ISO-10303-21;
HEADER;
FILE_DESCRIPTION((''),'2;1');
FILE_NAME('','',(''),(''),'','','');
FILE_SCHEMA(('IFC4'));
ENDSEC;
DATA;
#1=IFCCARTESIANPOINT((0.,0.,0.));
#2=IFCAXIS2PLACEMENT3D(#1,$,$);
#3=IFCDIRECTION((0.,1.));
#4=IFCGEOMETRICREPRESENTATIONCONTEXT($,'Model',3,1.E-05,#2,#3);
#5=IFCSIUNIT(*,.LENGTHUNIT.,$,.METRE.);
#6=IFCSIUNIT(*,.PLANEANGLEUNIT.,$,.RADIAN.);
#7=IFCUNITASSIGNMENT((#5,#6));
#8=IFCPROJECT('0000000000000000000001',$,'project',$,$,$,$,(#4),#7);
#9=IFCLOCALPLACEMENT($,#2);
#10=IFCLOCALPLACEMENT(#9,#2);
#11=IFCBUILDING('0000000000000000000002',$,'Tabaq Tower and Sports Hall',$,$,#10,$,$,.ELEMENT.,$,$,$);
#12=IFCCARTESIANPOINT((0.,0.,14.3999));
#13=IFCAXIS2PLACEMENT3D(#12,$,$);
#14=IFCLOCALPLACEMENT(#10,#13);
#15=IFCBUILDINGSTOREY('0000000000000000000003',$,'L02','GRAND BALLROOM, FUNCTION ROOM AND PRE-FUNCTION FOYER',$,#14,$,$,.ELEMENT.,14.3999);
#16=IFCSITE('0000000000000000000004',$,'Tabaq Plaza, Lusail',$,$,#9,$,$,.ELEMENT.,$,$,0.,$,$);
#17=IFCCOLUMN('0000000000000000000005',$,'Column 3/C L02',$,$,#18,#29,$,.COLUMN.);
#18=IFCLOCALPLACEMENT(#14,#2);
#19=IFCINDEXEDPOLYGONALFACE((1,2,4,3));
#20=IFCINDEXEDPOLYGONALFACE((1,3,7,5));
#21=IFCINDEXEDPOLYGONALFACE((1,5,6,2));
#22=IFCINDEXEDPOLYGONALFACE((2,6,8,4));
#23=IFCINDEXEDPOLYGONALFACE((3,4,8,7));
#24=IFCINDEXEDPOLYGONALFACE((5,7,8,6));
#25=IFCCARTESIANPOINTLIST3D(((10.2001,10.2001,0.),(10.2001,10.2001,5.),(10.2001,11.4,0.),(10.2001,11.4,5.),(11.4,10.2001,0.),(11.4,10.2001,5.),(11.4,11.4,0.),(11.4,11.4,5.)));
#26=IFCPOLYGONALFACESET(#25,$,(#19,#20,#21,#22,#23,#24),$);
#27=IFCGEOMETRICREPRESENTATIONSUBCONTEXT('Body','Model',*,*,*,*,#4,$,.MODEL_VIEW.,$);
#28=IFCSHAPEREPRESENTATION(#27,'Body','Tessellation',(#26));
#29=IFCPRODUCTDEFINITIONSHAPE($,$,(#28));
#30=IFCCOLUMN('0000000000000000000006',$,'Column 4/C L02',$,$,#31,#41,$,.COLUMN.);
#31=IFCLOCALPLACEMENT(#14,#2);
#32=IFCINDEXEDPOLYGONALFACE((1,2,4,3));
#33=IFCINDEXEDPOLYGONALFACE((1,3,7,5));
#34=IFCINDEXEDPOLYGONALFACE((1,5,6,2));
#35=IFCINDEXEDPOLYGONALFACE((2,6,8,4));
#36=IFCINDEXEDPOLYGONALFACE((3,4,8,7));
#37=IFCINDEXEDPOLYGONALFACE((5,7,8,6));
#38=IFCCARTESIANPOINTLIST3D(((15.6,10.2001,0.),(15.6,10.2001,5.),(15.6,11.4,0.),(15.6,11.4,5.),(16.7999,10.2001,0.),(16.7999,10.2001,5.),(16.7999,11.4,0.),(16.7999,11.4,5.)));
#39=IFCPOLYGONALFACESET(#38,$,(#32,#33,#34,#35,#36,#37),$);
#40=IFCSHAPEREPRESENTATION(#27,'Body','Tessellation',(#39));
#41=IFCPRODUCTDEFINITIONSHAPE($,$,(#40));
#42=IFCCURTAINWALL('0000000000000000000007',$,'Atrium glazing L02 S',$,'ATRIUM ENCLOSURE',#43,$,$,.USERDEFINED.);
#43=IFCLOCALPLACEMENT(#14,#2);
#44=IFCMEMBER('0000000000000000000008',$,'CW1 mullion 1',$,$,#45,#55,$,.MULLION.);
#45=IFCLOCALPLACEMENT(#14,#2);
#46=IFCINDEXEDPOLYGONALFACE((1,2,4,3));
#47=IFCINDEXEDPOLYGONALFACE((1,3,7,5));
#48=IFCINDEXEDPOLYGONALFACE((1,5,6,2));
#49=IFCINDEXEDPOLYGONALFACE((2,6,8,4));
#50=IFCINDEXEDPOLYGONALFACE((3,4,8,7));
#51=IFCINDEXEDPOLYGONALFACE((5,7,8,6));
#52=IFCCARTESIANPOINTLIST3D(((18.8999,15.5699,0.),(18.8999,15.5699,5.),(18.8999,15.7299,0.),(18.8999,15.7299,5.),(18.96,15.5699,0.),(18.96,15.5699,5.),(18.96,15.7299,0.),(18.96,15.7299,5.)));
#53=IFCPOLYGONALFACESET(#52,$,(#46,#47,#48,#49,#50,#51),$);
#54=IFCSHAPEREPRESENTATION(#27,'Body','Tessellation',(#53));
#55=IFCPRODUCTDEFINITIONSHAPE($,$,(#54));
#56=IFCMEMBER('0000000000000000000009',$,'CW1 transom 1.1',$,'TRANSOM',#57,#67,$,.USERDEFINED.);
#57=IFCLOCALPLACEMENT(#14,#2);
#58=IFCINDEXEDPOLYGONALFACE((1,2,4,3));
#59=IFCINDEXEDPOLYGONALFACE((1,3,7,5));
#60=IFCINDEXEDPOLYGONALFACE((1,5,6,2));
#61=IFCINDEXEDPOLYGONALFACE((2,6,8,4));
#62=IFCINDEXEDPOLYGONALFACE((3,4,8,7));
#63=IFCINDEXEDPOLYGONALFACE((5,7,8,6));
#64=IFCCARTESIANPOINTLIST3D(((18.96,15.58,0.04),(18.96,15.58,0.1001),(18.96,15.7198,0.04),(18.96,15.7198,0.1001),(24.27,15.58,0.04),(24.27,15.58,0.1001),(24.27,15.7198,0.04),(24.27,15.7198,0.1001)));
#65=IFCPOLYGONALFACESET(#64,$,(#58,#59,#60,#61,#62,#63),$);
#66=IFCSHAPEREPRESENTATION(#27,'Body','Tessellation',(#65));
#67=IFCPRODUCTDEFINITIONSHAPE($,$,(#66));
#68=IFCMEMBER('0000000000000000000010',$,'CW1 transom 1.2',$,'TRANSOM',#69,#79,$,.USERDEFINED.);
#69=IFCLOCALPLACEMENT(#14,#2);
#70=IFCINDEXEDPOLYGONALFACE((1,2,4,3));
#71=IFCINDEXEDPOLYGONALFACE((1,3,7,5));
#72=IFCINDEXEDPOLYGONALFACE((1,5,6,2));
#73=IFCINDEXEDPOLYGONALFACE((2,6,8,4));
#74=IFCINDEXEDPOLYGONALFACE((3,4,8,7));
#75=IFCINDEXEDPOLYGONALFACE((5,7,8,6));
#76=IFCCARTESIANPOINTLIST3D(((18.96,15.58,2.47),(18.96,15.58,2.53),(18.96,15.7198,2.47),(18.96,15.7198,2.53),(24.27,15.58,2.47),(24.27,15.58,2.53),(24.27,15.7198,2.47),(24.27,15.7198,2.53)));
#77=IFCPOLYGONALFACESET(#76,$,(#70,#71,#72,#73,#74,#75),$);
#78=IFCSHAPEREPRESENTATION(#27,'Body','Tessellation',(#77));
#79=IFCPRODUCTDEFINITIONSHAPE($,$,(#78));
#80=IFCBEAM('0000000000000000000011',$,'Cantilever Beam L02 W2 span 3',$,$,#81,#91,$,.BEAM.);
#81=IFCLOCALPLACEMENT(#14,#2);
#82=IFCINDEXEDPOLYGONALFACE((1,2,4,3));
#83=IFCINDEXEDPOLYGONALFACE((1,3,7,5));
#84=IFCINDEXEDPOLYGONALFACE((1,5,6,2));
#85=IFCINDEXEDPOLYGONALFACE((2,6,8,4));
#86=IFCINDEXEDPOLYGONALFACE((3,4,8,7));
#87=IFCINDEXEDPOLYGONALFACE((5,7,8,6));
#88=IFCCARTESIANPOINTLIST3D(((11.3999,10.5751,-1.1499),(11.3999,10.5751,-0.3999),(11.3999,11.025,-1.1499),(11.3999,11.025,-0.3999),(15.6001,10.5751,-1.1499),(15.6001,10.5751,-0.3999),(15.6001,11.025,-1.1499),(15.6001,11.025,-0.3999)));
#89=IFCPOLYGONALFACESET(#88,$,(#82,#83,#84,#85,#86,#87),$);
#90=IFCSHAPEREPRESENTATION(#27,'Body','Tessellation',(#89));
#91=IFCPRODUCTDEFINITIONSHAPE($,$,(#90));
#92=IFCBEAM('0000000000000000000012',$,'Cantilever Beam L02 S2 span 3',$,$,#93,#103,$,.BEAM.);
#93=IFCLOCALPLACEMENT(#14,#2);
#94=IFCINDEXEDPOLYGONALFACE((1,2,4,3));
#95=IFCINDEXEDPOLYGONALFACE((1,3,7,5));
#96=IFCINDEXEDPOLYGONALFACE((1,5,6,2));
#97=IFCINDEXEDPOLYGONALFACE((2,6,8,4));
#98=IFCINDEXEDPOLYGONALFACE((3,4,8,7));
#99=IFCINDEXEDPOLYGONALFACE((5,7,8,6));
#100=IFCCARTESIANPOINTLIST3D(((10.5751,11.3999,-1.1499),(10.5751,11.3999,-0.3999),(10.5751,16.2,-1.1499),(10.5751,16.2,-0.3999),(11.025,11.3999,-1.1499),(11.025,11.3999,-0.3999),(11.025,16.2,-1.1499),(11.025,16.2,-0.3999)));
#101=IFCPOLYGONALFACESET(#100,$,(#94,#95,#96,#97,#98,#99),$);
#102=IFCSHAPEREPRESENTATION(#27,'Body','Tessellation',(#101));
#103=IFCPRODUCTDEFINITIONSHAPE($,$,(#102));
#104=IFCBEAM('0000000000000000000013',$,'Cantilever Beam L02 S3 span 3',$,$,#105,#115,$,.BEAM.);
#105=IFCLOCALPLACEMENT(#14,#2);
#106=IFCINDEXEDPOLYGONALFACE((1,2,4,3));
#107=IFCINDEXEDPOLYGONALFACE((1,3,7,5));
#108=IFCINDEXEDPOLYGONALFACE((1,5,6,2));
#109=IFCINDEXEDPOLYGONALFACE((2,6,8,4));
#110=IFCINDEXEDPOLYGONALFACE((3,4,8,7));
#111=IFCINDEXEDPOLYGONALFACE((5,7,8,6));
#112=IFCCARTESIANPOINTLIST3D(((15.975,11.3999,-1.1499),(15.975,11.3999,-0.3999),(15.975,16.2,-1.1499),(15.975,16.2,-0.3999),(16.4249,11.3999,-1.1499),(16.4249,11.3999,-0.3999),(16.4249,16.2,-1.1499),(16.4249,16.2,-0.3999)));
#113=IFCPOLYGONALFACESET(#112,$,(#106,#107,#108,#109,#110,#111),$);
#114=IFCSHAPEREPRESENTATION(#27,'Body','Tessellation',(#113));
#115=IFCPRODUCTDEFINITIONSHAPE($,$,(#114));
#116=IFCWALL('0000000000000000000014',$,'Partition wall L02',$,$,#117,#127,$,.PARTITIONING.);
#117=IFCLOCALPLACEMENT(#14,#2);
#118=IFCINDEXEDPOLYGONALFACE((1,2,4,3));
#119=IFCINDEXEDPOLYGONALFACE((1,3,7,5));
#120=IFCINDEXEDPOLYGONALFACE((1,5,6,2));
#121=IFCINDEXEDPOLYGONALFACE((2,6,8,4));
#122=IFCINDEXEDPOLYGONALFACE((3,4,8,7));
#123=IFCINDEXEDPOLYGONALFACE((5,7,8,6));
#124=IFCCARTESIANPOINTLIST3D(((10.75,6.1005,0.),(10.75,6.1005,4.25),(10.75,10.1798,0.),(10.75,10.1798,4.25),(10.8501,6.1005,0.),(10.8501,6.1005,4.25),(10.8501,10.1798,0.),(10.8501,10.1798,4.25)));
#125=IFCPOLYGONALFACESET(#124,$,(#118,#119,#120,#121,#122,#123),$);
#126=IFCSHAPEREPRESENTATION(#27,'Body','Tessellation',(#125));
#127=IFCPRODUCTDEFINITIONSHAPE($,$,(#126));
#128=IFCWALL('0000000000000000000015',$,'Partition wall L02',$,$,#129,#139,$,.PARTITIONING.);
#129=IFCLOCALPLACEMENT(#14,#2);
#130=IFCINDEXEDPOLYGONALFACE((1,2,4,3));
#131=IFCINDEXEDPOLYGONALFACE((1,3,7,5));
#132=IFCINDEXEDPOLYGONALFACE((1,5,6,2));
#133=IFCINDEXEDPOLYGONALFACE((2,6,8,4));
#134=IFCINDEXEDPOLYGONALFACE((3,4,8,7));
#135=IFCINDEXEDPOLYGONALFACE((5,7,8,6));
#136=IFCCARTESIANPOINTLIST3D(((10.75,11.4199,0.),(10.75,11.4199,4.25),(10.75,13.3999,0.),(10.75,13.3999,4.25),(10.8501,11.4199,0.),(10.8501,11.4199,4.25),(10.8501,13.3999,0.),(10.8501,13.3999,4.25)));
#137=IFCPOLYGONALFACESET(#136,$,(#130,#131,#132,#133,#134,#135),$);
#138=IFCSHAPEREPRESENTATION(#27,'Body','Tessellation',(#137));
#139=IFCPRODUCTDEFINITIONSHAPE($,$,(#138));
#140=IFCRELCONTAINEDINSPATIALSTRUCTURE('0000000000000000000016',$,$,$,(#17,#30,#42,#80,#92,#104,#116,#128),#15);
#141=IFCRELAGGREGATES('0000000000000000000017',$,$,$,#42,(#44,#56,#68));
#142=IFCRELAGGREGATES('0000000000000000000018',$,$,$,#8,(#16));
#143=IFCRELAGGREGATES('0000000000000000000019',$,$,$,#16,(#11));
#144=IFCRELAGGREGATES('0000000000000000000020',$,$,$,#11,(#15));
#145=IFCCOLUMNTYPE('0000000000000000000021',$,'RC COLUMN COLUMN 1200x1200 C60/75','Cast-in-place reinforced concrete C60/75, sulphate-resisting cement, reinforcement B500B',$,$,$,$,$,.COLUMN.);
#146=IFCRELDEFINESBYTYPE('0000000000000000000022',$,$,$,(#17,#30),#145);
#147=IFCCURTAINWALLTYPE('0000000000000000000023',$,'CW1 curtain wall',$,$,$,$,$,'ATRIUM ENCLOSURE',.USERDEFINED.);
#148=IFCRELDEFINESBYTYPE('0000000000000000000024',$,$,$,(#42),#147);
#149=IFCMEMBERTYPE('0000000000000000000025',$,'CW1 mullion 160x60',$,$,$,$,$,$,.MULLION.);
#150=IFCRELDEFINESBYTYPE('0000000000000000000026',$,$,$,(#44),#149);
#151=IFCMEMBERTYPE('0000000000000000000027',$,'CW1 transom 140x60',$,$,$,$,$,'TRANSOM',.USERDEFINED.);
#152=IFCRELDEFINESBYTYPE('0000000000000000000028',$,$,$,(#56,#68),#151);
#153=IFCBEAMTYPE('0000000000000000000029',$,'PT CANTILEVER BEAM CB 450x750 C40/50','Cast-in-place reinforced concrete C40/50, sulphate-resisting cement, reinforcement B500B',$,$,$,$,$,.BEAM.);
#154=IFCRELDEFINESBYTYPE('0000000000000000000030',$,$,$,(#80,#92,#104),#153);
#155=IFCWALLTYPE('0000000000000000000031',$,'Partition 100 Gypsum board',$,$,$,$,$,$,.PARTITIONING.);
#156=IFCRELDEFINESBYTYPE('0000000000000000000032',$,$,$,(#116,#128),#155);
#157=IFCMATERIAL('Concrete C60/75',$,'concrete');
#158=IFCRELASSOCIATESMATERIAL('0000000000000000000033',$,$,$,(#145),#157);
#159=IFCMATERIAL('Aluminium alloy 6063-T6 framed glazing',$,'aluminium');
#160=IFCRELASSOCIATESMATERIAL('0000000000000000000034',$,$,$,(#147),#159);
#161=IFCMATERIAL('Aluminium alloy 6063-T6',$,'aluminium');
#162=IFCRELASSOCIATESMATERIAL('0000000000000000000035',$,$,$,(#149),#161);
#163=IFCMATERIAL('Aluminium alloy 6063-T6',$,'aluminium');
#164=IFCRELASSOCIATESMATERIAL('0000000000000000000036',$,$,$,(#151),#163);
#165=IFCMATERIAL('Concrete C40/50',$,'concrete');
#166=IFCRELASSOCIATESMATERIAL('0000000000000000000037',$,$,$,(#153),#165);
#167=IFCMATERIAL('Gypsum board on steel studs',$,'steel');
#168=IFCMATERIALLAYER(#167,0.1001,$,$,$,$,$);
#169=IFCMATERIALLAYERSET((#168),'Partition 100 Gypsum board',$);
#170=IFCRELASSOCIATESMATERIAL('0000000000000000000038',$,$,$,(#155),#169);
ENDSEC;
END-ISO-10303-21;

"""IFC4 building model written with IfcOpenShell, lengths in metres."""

from ifc_helpers import new_model, si_unit, direction, frame, frame_2d, origin, origin_2d, place, context, subcontext, project, spatial, rectangle, extrude, material, layer, layer_set, material_profile, profile_set, type_object, element, aggregate, save


model = new_model("IFC4")

# Units and contexts
model_context = context("Model", 3, precision=1e-05, world=origin(), true_north=direction((0.0, 1.0)))
body_context = subcontext(model_context, "Body", "Model", "MODEL_VIEW")
ifc_project = project(units=[si_unit("LENGTHUNIT", "METRE"), si_unit("PLANEANGLEUNIT", "RADIAN")], contexts=[model_context])

# Site, building, storey
site_placement = place(None, origin())
site = spatial("IfcSite", under=ifc_project, at=site_placement, Name="Tabaq Plaza, Lusail", CompositionType="ELEMENT", RefElevation=0.0)
building_placement = place(site_placement, origin())
building = spatial("IfcBuilding", under=site, at=building_placement, Name="Tabaq Tower and Sports Hall", CompositionType="ELEMENT")
storey_placement = place(building_placement, frame((0.0, 0.0, 14.3999)))
storey = spatial("IfcBuildingStorey", under=building, at=storey_placement, Name="L02", Description="GRAND BALLROOM, FUNCTION ROOM AND PRE-FUNCTION FOYER", CompositionType="ELEMENT", Elevation=14.3999)

# Columns
ifc_material_1 = material(Name="Concrete C60/75", Category="concrete")
ifc_material_profile_1 = material_profile(ifc_material_1, rectangle(XDim=1.2, YDim=1.2, at=origin_2d()), Name="COLUMN 1200x1200")
ifc_profile_set_1 = profile_set([ifc_material_profile_1], Name="Concrete C60/75")
column_type = type_object("IfcColumnType", Name="RC COLUMN COLUMN 1200x1200 C60/75", Description="Cast-in-place reinforced concrete C60/75, sulphate-resisting cement, reinforcement B500B", PredefinedType="COLUMN", material=ifc_profile_set_1)
for number, where, z_axis, x_axis, name in (
    (1, (10.8, 10.8, 0.0), (0.0, 0.0, 1.0), (1.0, 0.0, 0.0), "Column 3/C L02"),
    (2, (16.2, 10.8, 0.0), (0.0, 0.0, 1.0), (1.0, 0.0, 0.0), "Column 4/C L02"),
):
    element("IfcColumn", number, at=place(storey_placement, frame(where, z_axis=z_axis, x_axis=x_axis)), inside=storey, type_object=column_type, Name=name, PredefinedType="COLUMN", context=body_context, shape_type="SweptSolid", body=[
        extrude(rectangle(XDim=1.2, YDim=1.2, at=origin_2d()), origin(), (0.0, 0.0, 1.0), 5.0),
    ])

# Curtain wall, members
ifc_material_2 = material(Name="Aluminium alloy 6063-T6 framed glazing", Category="aluminium")
curtain_wall_type = type_object("IfcCurtainWallType", Name="CW1 curtain wall", ElementType="ATRIUM ENCLOSURE", PredefinedType="USERDEFINED", material=ifc_material_2)
curtain_wall_placement = place(storey_placement, origin())
curtain_wall = element("IfcCurtainWall", 3, at=curtain_wall_placement, inside=storey, type_object=curtain_wall_type, Name="Atrium glazing L02 S", ObjectType="ATRIUM ENCLOSURE", PredefinedType="USERDEFINED")
ifc_material_3 = material(Name="Aluminium alloy 6063-T6", Category="aluminium")
ifc_material_profile_2 = material_profile(ifc_material_3, rectangle(XDim=0.1599, YDim=0.0601, at=origin_2d()), Name="MULLION 160x60")
ifc_profile_set_2 = profile_set([ifc_material_profile_2], Name="Aluminium alloy 6063-T6")
member_type_1 = type_object("IfcMemberType", Name="CW1 mullion 160x60", PredefinedType="MULLION", material=ifc_profile_set_2)
member_1_placement = place(storey_placement, frame((18.9299, 15.6499, 0.0), z_axis=(0.0, 0.0, 1.0), x_axis=(0.0, 1.0, 0.0)))
member_1 = element("IfcMember", 4, at=member_1_placement, type_object=member_type_1, Name="CW1 mullion 1", PredefinedType="MULLION", context=body_context, shape_type="SweptSolid", body=[
    extrude(rectangle(XDim=0.1599, YDim=0.0601, at=origin_2d()), origin(), (0.0, 0.0, 1.0), 5.0),
])
ifc_material_4 = material(Name="Aluminium alloy 6063-T6", Category="aluminium")
ifc_material_profile_3 = material_profile(ifc_material_4, rectangle(XDim=0.1399, YDim=0.0601, at=origin_2d()), Name="TRANSOM 140x60")
ifc_profile_set_3 = profile_set([ifc_material_profile_3], Name="Aluminium alloy 6063-T6")
member_type_2 = type_object("IfcMemberType", Name="CW1 transom 140x60", ElementType="TRANSOM", PredefinedType="USERDEFINED", material=ifc_profile_set_3)
member_2_placement = place(storey_placement, frame((18.96, 15.6499, 0.0701), z_axis=(1.0, 0.0, 0.0), x_axis=(0.0, 1.0, 0.0)))
member_2 = element("IfcMember", 5, at=member_2_placement, type_object=member_type_2, Name="CW1 transom 1.1", ObjectType="TRANSOM", PredefinedType="USERDEFINED", context=body_context, shape_type="SweptSolid", body=[
    extrude(rectangle(XDim=0.1399, YDim=0.0601, at=origin_2d()), origin(), (0.0, 0.0, 1.0), 5.3101),
])
member_3_placement = place(storey_placement, frame((18.96, 15.6499, 2.5), z_axis=(1.0, 0.0, 0.0), x_axis=(0.0, 1.0, 0.0)))
member_3 = element("IfcMember", 6, at=member_3_placement, type_object=member_type_2, Name="CW1 transom 1.2", ObjectType="TRANSOM", PredefinedType="USERDEFINED", context=body_context, shape_type="SweptSolid", body=[
    extrude(rectangle(XDim=0.1399, YDim=0.0601, at=origin_2d()), origin(), (0.0, 0.0, 1.0), 5.3101),
])
aggregate(curtain_wall, [member_1, member_2, member_3])

# Beams
ifc_material_5 = material(Name="Concrete C40/50", Category="concrete")
ifc_material_profile_4 = material_profile(ifc_material_5, rectangle(XDim=0.45, YDim=0.75, at=origin_2d()), Name="CB 450x750")
ifc_profile_set_4 = profile_set([ifc_material_profile_4], Name="Concrete C40/50")
beam_type = type_object("IfcBeamType", Name="PT CANTILEVER BEAM CB 450x750 C40/50", Description="Cast-in-place reinforced concrete C40/50, sulphate-resisting cement, reinforcement B500B", PredefinedType="BEAM", material=ifc_profile_set_4)
beam_placement = place(storey_placement, frame((11.3999, 10.8, -0.7749), z_axis=(1.0, 0.0, 0.0), x_axis=(0.0, 1.0, 0.0)))
element("IfcBeam", 7, at=beam_placement, inside=storey, type_object=beam_type, Name="Cantilever Beam L02 W2 span 3", PredefinedType="BEAM", context=body_context, shape_type="SweptSolid", body=[
    extrude(rectangle(XDim=0.45, YDim=0.75, at=origin_2d()), origin(), (0.0, 0.0, 1.0), 4.2002),
])
for number, where, z_axis, x_axis, name in (
    (8, (10.8, 11.3999, -0.7749), (0.0, 1.0, 0.0), (-1.0, 0.0, 0.0), "Cantilever Beam L02 S2 span 3"),
    (9, (16.2, 11.3999, -0.7749), (0.0, 1.0, 0.0), (-1.0, 0.0, 0.0), "Cantilever Beam L02 S3 span 3"),
):
    element("IfcBeam", number, at=place(storey_placement, frame(where, z_axis=z_axis, x_axis=x_axis)), inside=storey, type_object=beam_type, Name=name, PredefinedType="BEAM", context=body_context, shape_type="SweptSolid", body=[
        extrude(rectangle(XDim=0.45, YDim=0.75, at=origin_2d()), origin(), (0.0, 0.0, 1.0), 4.8),
    ])

# Walls
ifc_material_6 = material(Name="Gypsum board on steel studs", Category="steel")
ifc_layer_1 = layer(ifc_material_6, 0.1001)
ifc_layer_set_1 = layer_set([ifc_layer_1], Name="Partition 100 Gypsum board")
wall_type_1 = type_object("IfcWallType", Name="Partition 100 Gypsum board", PredefinedType="PARTITIONING", material=ifc_layer_set_1)
wall_1_placement = place(storey_placement, frame((10.8, 6.1006, 0.0), z_axis=(0.0, 0.0, 1.0), x_axis=(0.0, 1.0, 0.0)))
element("IfcWall", 10, at=wall_1_placement, inside=storey, type_object=wall_type_1, Name="Partition wall L02", PredefinedType="PARTITIONING", context=body_context, shape_type="SweptSolid", body=[
    extrude(rectangle(XDim=4.0793, YDim=0.1001, at=frame_2d((2.0396, 0.0))), origin(), (0.0, 0.0, 1.0), 4.25),
])
wall_2_placement = place(storey_placement, frame((10.8, 11.4199, 0.0), z_axis=(0.0, 0.0, 1.0), x_axis=(0.0, 1.0, 0.0)))
element("IfcWall", 11, at=wall_2_placement, inside=storey, type_object=wall_type_1, Name="Partition wall L02", PredefinedType="PARTITIONING", context=body_context, shape_type="SweptSolid", body=[
    extrude(rectangle(XDim=1.98, YDim=0.1001, at=frame_2d((0.99, 0.0))), origin(), (0.0, 0.0, 1.0), 4.25),
])

save(model, "model.ifc")
